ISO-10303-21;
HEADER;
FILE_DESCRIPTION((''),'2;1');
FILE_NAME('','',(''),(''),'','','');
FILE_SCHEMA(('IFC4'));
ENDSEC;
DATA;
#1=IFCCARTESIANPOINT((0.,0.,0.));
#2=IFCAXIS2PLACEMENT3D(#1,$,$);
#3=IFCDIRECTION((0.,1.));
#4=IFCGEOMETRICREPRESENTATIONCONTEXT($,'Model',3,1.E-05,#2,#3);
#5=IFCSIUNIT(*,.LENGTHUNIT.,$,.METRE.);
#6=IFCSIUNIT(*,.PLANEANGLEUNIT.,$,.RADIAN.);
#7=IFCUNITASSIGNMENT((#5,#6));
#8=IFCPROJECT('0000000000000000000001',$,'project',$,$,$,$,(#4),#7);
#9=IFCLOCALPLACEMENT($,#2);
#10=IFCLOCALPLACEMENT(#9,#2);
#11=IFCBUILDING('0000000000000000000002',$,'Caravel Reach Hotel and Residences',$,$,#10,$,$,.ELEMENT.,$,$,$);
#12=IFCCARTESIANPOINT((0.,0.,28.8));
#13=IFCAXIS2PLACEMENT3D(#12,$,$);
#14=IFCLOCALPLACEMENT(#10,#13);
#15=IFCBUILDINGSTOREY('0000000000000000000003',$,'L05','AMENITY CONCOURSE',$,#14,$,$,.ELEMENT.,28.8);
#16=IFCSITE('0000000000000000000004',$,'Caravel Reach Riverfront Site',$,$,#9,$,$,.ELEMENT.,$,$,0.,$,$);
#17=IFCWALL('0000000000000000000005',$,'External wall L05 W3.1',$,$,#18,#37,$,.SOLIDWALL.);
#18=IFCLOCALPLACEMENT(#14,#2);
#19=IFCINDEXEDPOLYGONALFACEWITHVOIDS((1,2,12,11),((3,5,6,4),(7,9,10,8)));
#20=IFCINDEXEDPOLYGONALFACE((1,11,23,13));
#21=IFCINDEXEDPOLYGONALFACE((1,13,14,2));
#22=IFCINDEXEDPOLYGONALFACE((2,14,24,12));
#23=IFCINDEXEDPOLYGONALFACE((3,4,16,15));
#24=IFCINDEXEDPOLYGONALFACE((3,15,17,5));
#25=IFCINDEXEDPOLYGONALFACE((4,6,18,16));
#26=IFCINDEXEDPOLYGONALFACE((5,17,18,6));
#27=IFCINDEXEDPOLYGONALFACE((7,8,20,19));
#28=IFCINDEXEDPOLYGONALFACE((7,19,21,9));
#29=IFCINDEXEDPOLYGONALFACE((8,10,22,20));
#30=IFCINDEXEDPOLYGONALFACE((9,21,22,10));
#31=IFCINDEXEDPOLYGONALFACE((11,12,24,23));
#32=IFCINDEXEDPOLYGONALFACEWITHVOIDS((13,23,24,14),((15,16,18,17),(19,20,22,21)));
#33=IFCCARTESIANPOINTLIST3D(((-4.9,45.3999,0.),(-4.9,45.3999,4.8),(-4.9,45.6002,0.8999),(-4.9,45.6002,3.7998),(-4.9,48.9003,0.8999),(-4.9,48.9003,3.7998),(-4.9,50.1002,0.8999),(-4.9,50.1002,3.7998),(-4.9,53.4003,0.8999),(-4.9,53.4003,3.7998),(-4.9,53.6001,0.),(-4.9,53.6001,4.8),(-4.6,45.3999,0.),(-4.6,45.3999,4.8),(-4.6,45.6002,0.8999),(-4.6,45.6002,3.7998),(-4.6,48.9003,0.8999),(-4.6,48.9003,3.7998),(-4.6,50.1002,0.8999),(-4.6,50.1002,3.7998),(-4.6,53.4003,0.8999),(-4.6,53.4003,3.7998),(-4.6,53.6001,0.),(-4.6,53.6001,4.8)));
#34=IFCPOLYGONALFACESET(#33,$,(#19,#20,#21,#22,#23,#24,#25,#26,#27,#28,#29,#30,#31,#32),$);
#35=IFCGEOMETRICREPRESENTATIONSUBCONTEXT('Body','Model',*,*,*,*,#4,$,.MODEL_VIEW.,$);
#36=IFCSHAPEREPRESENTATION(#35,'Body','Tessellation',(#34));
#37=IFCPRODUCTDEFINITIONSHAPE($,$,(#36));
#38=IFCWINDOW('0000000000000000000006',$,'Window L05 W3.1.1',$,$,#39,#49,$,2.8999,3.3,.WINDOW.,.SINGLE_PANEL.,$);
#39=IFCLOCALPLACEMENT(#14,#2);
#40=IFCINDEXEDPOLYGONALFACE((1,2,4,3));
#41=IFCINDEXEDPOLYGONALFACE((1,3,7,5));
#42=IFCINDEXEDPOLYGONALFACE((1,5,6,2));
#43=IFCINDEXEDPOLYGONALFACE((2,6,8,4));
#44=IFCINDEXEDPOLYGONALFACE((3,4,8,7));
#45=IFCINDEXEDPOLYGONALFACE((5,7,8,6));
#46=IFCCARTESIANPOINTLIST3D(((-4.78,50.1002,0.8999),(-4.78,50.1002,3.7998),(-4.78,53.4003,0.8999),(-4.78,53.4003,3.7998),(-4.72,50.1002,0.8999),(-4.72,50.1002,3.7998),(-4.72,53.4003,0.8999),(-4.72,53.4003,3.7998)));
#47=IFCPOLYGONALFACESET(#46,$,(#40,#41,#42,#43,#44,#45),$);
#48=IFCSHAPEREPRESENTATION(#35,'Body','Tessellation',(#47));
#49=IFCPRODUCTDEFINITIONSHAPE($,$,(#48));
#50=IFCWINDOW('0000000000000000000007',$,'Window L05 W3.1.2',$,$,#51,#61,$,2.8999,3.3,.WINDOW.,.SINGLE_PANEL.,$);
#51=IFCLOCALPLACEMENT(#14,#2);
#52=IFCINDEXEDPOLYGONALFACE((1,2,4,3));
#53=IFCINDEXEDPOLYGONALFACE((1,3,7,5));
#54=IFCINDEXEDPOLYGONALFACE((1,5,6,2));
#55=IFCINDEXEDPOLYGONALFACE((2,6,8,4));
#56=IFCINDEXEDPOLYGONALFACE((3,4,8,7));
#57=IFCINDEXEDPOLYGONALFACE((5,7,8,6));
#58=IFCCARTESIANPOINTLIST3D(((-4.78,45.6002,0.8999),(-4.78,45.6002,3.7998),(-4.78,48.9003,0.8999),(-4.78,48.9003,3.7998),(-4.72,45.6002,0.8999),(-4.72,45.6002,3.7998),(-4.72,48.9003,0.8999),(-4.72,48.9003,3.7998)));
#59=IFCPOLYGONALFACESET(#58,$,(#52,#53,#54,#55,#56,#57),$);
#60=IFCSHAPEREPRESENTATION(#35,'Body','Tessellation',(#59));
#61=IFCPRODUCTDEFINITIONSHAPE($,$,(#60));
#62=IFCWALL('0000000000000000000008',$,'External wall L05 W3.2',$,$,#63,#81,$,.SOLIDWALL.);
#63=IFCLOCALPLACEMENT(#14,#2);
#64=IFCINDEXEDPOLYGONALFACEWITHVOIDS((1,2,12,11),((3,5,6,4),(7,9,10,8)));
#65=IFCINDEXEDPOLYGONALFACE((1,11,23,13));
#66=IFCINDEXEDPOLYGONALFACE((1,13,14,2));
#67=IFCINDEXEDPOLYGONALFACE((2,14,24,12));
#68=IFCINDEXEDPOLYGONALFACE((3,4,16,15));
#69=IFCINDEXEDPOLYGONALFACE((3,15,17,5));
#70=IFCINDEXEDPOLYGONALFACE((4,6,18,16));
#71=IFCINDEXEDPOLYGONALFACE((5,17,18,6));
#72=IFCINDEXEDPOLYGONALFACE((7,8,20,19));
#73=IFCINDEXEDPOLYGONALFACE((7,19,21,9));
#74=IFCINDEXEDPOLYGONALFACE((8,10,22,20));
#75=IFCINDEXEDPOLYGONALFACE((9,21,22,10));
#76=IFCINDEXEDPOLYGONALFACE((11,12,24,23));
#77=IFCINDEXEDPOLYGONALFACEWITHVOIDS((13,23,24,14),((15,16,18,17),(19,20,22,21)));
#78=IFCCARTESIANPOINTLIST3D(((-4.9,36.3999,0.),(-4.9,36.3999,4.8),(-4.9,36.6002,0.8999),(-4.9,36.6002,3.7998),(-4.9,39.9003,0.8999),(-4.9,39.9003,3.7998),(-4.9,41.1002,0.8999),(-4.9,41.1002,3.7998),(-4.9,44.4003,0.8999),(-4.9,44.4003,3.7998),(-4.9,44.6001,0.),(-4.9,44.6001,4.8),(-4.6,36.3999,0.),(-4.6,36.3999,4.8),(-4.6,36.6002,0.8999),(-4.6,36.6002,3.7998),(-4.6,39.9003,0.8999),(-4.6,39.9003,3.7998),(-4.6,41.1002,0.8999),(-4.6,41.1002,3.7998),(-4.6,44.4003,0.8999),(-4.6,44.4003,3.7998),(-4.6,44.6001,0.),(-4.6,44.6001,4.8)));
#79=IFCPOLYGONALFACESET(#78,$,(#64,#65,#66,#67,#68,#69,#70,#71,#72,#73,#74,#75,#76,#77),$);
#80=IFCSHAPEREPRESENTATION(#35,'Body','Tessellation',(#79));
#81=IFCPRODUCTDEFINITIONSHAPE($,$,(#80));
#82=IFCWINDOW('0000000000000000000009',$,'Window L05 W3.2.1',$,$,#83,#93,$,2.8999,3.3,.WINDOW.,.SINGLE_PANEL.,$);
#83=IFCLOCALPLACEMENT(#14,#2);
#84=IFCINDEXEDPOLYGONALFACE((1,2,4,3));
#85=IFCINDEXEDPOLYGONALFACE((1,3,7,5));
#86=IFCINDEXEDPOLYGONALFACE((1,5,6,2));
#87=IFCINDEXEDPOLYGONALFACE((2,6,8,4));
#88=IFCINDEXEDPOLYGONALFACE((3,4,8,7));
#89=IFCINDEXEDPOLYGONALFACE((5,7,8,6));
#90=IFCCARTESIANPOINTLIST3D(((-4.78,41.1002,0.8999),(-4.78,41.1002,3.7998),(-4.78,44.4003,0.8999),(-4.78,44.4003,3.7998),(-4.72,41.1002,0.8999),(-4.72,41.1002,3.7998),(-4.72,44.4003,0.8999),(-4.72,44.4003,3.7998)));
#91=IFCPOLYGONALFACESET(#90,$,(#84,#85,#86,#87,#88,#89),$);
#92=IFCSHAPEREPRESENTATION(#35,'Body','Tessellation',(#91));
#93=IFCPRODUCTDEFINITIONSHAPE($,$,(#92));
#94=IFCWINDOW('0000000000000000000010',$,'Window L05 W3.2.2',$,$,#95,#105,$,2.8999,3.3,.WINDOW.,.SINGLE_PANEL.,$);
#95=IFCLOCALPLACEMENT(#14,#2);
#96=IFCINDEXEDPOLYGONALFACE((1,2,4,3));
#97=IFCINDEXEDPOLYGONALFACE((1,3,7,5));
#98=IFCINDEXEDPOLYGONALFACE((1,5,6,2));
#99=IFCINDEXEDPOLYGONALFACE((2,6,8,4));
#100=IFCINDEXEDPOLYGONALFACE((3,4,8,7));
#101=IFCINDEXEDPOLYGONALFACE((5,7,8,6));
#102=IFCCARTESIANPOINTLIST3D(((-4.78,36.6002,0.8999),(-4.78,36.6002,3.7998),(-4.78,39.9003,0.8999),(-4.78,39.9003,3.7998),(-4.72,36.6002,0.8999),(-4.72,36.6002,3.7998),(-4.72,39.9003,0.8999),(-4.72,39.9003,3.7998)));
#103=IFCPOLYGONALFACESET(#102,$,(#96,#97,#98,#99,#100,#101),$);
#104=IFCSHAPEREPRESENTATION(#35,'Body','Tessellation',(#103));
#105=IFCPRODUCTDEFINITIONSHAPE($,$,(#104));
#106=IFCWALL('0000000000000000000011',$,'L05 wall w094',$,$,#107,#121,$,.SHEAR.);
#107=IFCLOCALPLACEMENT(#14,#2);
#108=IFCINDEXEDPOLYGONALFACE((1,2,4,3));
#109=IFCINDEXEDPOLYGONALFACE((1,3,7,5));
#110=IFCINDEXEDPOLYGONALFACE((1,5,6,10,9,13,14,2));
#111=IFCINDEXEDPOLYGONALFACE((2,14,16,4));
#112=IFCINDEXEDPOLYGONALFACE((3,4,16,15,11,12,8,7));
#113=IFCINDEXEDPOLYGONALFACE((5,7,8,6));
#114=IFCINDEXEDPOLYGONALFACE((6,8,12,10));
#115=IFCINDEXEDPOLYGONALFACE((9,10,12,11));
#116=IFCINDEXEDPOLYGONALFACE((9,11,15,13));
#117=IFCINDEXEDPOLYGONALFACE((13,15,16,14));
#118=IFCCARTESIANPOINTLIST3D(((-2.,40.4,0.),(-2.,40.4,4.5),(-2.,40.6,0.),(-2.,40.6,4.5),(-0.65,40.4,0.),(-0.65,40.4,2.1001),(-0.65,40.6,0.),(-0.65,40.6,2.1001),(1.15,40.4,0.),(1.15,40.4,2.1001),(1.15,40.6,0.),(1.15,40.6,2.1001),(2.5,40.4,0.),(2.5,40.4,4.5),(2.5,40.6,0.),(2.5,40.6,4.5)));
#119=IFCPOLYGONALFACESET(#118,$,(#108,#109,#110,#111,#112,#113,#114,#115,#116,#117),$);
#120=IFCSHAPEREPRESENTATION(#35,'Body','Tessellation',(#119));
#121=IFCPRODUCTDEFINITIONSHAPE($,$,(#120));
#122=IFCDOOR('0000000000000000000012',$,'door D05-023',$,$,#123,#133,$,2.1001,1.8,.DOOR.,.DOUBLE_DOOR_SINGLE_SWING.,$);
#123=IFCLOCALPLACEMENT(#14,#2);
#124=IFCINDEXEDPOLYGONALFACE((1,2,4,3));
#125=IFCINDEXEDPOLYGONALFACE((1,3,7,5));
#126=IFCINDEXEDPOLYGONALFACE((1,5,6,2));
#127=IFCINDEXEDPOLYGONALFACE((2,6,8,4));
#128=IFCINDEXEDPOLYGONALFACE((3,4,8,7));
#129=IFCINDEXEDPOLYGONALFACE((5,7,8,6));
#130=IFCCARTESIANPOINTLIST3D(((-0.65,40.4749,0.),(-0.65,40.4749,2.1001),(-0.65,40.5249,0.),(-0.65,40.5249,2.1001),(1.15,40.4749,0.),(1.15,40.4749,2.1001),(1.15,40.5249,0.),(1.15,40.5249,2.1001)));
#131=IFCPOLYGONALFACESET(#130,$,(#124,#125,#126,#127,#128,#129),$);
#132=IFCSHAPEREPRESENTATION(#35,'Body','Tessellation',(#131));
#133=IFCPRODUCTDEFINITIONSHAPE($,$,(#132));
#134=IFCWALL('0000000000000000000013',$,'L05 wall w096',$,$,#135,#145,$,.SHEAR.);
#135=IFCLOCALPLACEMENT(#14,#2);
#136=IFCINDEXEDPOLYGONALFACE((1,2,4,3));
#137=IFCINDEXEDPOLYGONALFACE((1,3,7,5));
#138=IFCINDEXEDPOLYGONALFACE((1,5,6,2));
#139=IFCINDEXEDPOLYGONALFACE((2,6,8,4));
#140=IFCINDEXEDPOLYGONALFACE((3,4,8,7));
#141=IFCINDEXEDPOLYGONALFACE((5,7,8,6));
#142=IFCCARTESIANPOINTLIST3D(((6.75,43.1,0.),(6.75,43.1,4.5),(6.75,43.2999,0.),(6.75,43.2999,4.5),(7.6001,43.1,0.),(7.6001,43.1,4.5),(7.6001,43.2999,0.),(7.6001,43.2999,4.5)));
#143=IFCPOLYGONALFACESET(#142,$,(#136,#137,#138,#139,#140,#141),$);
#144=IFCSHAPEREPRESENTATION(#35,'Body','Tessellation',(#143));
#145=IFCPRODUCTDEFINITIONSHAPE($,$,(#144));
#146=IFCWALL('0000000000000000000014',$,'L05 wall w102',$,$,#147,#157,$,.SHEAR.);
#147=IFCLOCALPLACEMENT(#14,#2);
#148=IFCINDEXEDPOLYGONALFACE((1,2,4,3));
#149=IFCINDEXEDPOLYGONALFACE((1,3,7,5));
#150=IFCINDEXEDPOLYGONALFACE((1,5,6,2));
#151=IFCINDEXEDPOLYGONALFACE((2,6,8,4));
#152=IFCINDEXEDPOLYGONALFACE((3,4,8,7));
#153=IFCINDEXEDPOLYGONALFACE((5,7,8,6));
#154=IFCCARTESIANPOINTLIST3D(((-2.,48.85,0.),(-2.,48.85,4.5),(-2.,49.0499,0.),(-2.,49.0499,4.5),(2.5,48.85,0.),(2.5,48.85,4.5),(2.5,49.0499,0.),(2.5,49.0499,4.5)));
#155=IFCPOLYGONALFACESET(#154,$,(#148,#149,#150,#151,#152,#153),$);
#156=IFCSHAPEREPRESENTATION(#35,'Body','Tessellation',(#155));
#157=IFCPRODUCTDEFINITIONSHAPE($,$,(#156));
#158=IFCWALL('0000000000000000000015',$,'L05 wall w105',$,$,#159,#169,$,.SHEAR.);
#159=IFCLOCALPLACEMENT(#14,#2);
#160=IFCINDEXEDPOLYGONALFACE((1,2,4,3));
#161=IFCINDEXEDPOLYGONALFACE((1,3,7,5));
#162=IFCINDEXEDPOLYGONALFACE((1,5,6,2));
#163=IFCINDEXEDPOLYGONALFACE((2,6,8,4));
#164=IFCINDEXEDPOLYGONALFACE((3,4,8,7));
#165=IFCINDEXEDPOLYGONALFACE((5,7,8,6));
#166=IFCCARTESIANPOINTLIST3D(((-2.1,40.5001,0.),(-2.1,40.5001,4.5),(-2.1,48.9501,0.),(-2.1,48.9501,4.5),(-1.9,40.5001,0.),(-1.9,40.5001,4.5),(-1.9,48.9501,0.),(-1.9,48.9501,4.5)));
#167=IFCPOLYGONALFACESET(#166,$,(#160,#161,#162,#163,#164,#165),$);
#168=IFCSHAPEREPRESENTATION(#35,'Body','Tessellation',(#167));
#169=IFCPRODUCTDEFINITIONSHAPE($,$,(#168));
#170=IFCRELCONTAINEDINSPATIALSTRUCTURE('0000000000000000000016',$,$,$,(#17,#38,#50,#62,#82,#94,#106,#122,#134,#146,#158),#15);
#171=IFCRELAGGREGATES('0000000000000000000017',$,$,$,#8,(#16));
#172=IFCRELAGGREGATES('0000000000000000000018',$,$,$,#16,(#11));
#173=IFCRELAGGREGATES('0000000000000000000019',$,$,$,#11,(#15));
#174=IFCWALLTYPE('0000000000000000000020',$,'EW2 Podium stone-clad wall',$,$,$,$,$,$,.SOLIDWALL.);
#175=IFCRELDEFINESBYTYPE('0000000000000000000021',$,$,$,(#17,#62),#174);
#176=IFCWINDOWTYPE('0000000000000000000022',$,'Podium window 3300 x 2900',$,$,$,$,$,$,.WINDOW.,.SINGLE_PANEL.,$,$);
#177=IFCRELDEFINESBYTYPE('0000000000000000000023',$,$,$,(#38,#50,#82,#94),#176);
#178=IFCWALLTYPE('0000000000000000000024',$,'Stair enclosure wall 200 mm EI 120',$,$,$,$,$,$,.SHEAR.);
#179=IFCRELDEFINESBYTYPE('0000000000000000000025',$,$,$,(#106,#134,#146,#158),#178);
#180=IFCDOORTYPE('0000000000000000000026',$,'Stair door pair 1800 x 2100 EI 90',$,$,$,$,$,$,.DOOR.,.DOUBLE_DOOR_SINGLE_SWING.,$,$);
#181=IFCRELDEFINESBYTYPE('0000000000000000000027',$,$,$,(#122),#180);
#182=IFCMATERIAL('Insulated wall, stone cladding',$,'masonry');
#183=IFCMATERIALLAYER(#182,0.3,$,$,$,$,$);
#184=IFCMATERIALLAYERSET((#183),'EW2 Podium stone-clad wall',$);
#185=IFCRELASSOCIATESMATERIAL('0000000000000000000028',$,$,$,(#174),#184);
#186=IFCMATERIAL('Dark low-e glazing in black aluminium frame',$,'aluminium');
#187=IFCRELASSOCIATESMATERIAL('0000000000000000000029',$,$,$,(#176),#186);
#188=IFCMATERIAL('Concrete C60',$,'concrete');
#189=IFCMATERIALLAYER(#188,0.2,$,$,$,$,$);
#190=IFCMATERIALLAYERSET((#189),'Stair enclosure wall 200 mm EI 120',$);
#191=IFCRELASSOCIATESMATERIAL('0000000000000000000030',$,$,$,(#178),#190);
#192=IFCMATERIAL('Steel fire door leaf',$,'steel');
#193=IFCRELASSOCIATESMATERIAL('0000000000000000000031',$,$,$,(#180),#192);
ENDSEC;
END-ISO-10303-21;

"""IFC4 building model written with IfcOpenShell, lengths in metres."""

from ifc_helpers import new_model, si_unit, direction, frame, frame_2d, origin, place, context, subcontext, project, spatial, rectangle, extrude, material, layer, layer_set, type_object, element, fill, save


model = new_model("IFC4")

# Units and contexts
model_context = context("Model", 3, precision=1e-05, world=origin(), true_north=direction((0.0, 1.0)))
body_context = subcontext(model_context, "Body", "Model", "MODEL_VIEW")
ifc_project = project(units=[si_unit("LENGTHUNIT", "METRE"), si_unit("PLANEANGLEUNIT", "RADIAN")], contexts=[model_context])

# Site, building, storey
site_placement = place(None, origin())
site = spatial("IfcSite", under=ifc_project, at=site_placement, Name="Caravel Reach Riverfront Site", CompositionType="ELEMENT", RefElevation=0.0)
building_placement = place(site_placement, origin())
building = spatial("IfcBuilding", under=site, at=building_placement, Name="Caravel Reach Hotel and Residences", CompositionType="ELEMENT")
storey_placement = place(building_placement, frame((0.0, 0.0, 28.8)))
storey = spatial("IfcBuildingStorey", under=building, at=storey_placement, Name="L05", Description="AMENITY CONCOURSE", CompositionType="ELEMENT", Elevation=28.8)

# Walls, openings, windows
ifc_material_1 = material(Name="Insulated wall, stone cladding", Category="masonry")
ifc_layer_1 = layer(ifc_material_1, 0.3)
ifc_layer_set_1 = layer_set([ifc_layer_1], Name="EW2 Podium stone-clad wall")
wall_type_1 = type_object("IfcWallType", Name="EW2 Podium stone-clad wall", PredefinedType="SOLIDWALL", material=ifc_layer_set_1)
ifc_material_2 = material(Name="Dark low-e glazing in black aluminium frame", Category="aluminium")
window_type = type_object("IfcWindowType", Name="Podium window 3300 x 2900", PartitioningType="SINGLE_PANEL", PredefinedType="WINDOW", material=ifc_material_2)
wall_1_placement = place(storey_placement, frame((-4.75, 53.6001, 0.0), z_axis=(0.0, 0.0, 1.0), x_axis=(0.0, -1.0, 0.0)))
wall_1 = element("IfcWall", 1, at=wall_1_placement, inside=storey, type_object=wall_type_1, Name="External wall L05 W3.1", PredefinedType="SOLIDWALL", context=body_context, shape_type="SweptSolid", body=[
    extrude(rectangle(XDim=8.2002, YDim=0.3, at=frame_2d((4.1001, 0.0))), origin(), (0.0, 0.0, 1.0), 4.8),
])
opening_1_placement = place(wall_1_placement, frame((0.2, 0.0, 0.8999)))
opening_1 = element("IfcOpeningElement", 2, at=opening_1_placement, cuts=wall_1, PredefinedType="OPENING", context=body_context, shape_type="SweptSolid", body=[
    extrude(rectangle(XDim=3.3, YDim=2.8999, at=frame_2d((1.6499, 1.45))), frame((0.0, 0.1599, 0.0), z_axis=(0.0, -1.0, 0.0), x_axis=(1.0, 0.0, 0.0)), (0.0, 0.0, 1.0), 0.3201),
])
opening_2_placement = place(wall_1_placement, frame((4.7, 0.0, 0.8999)))
opening_2 = element("IfcOpeningElement", 3, at=opening_2_placement, cuts=wall_1, PredefinedType="OPENING", context=body_context, shape_type="SweptSolid", body=[
    extrude(rectangle(XDim=3.3, YDim=2.8999, at=frame_2d((1.6499, 1.45))), frame((0.0, 0.1599, 0.0), z_axis=(0.0, -1.0, 0.0), x_axis=(1.0, 0.0, 0.0)), (0.0, 0.0, 1.0), 0.3201),
])
window_1_placement = place(opening_1_placement, origin())
window_1 = element("IfcWindow", 4, at=window_1_placement, inside=storey, type_object=window_type, Name="Window L05 W3.1.1", OverallHeight=2.8999, OverallWidth=3.3, PartitioningType="SINGLE_PANEL", PredefinedType="WINDOW", context=body_context, shape_type="SweptSolid", body=[
    extrude(rectangle(XDim=3.3, YDim=2.8999, at=frame_2d((1.6499, 1.45))), frame((0.0, 0.03, 0.0), z_axis=(0.0, -1.0, 0.0), x_axis=(1.0, 0.0, 0.0)), (0.0, 0.0, 1.0), 0.0601),
])
fill(opening_1, window_1)
window_2_placement = place(opening_2_placement, origin())
window_2 = element("IfcWindow", 5, at=window_2_placement, inside=storey, type_object=window_type, Name="Window L05 W3.1.2", OverallHeight=2.8999, OverallWidth=3.3, PartitioningType="SINGLE_PANEL", PredefinedType="WINDOW", context=body_context, shape_type="SweptSolid", body=[
    extrude(rectangle(XDim=3.3, YDim=2.8999, at=frame_2d((1.6499, 1.45))), frame((0.0, 0.03, 0.0), z_axis=(0.0, -1.0, 0.0), x_axis=(1.0, 0.0, 0.0)), (0.0, 0.0, 1.0), 0.0601),
])
fill(opening_2, window_2)
wall_2_placement = place(storey_placement, frame((-4.75, 44.6001, 0.0), z_axis=(0.0, 0.0, 1.0), x_axis=(0.0, -1.0, 0.0)))
wall_2 = element("IfcWall", 6, at=wall_2_placement, inside=storey, type_object=wall_type_1, Name="External wall L05 W3.2", PredefinedType="SOLIDWALL", context=body_context, shape_type="SweptSolid", body=[
    extrude(rectangle(XDim=8.2002, YDim=0.3, at=frame_2d((4.1001, 0.0))), origin(), (0.0, 0.0, 1.0), 4.8),
])
opening_3_placement = place(wall_2_placement, frame((0.2, 0.0, 0.8999)))
opening_3 = element("IfcOpeningElement", 7, at=opening_3_placement, cuts=wall_2, PredefinedType="OPENING", context=body_context, shape_type="SweptSolid", body=[
    extrude(rectangle(XDim=3.3, YDim=2.8999, at=frame_2d((1.6499, 1.45))), frame((0.0, 0.1599, 0.0), z_axis=(0.0, -1.0, 0.0), x_axis=(1.0, 0.0, 0.0)), (0.0, 0.0, 1.0), 0.3201),
])
opening_4_placement = place(wall_2_placement, frame((4.7, 0.0, 0.8999)))
opening_4 = element("IfcOpeningElement", 8, at=opening_4_placement, cuts=wall_2, PredefinedType="OPENING", context=body_context, shape_type="SweptSolid", body=[
    extrude(rectangle(XDim=3.3, YDim=2.8999, at=frame_2d((1.6499, 1.45))), frame((0.0, 0.1599, 0.0), z_axis=(0.0, -1.0, 0.0), x_axis=(1.0, 0.0, 0.0)), (0.0, 0.0, 1.0), 0.3201),
])
window_3_placement = place(opening_3_placement, origin())
window_3 = element("IfcWindow", 9, at=window_3_placement, inside=storey, type_object=window_type, Name="Window L05 W3.2.1", OverallHeight=2.8999, OverallWidth=3.3, PartitioningType="SINGLE_PANEL", PredefinedType="WINDOW", context=body_context, shape_type="SweptSolid", body=[
    extrude(rectangle(XDim=3.3, YDim=2.8999, at=frame_2d((1.6499, 1.45))), frame((0.0, 0.03, 0.0), z_axis=(0.0, -1.0, 0.0), x_axis=(1.0, 0.0, 0.0)), (0.0, 0.0, 1.0), 0.0601),
])
fill(opening_3, window_3)
window_4_placement = place(opening_4_placement, origin())
window_4 = element("IfcWindow", 10, at=window_4_placement, inside=storey, type_object=window_type, Name="Window L05 W3.2.2", OverallHeight=2.8999, OverallWidth=3.3, PartitioningType="SINGLE_PANEL", PredefinedType="WINDOW", context=body_context, shape_type="SweptSolid", body=[
    extrude(rectangle(XDim=3.3, YDim=2.8999, at=frame_2d((1.6499, 1.45))), frame((0.0, 0.03, 0.0), z_axis=(0.0, -1.0, 0.0), x_axis=(1.0, 0.0, 0.0)), (0.0, 0.0, 1.0), 0.0601),
])
fill(opening_4, window_4)

# Wall, opening, door
ifc_material_3 = material(Name="Concrete C60", Category="concrete")
ifc_layer_2 = layer(ifc_material_3, 0.2)
ifc_layer_set_2 = layer_set([ifc_layer_2], Name="Stair enclosure wall 200 mm EI 120")
wall_type_2 = type_object("IfcWallType", Name="Stair enclosure wall 200 mm EI 120", PredefinedType="SHEAR", material=ifc_layer_set_2)
wall_3_placement = place(storey_placement, frame((-2.0, 40.5, 0.0), z_axis=(0.0, 0.0, 1.0), x_axis=(1.0, 0.0, 0.0)))
wall_3 = element("IfcWall", 11, at=wall_3_placement, inside=storey, type_object=wall_type_2, Name="L05 wall w094", PredefinedType="SHEAR", context=body_context, shape_type="SweptSolid", body=[
    extrude(rectangle(XDim=4.5, YDim=0.2, at=frame_2d((2.25, 0.0))), origin(), (0.0, 0.0, 1.0), 4.5),
])
opening_5_placement = place(wall_3_placement, frame((1.3501, 0.0, 0.0)))
opening_5 = element("IfcOpeningElement", 12, at=opening_5_placement, cuts=wall_3, PredefinedType="OPENING", context=body_context, shape_type="SweptSolid", body=[
    extrude(rectangle(XDim=1.8, YDim=2.1001, at=frame_2d((0.8999, 1.05))), frame((0.0, 0.1099, 0.0), z_axis=(0.0, -1.0, 0.0), x_axis=(1.0, 0.0, 0.0)), (0.0, 0.0, 1.0), 0.22),
])
ifc_material_4 = material(Name="Steel fire door leaf", Category="steel")
door_type_1 = type_object("IfcDoorType", Name="Stair door pair 1800 x 2100 EI 90", OperationType="DOUBLE_DOOR_SINGLE_SWING", PredefinedType="DOOR", material=ifc_material_4)
door_1_placement = place(opening_5_placement, origin())
door_1 = element("IfcDoor", 13, at=door_1_placement, inside=storey, type_object=door_type_1, Name="door D05-023", OperationType="DOUBLE_DOOR_SINGLE_SWING", OverallHeight=2.1001, OverallWidth=1.8, PredefinedType="DOOR", context=body_context, shape_type="SweptSolid", body=[
    extrude(rectangle(XDim=1.8, YDim=2.1001, at=frame_2d((0.8999, 1.05))), frame((0.0, 0.0249, 0.0), z_axis=(0.0, -1.0, 0.0), x_axis=(1.0, 0.0, 0.0)), (0.0, 0.0, 1.0), 0.05),
])
fill(opening_5, door_1)

# Walls
wall_4_placement = place(storey_placement, frame((6.75, 43.2, 0.0), z_axis=(0.0, 0.0, 1.0), x_axis=(1.0, 0.0, 0.0)))
element("IfcWall", 14, at=wall_4_placement, inside=storey, type_object=wall_type_2, Name="L05 wall w096", PredefinedType="SHEAR", context=body_context, shape_type="SweptSolid", body=[
    extrude(rectangle(XDim=0.8501, YDim=0.2, at=frame_2d((0.425, 0.0))), origin(), (0.0, 0.0, 1.0), 4.5),
])
wall_5_placement = place(storey_placement, frame((-2.0, 48.95, 0.0), z_axis=(0.0, 0.0, 1.0), x_axis=(1.0, 0.0, 0.0)))
element("IfcWall", 15, at=wall_5_placement, inside=storey, type_object=wall_type_2, Name="L05 wall w102", PredefinedType="SHEAR", context=body_context, shape_type="SweptSolid", body=[
    extrude(rectangle(XDim=4.5, YDim=0.2, at=frame_2d((2.25, 0.0))), origin(), (0.0, 0.0, 1.0), 4.5),
])
for number, where, z_axis, x_axis, name in (
    (16, (-2.0, 40.5, 0.0), (0.0, 0.0, 1.0), (0.0, 1.0, 0.0), "L05 wall w105"),
):
    element("IfcWall", number, at=place(storey_placement, frame(where, z_axis=z_axis, x_axis=x_axis)), inside=storey, type_object=wall_type_2, Name=name, PredefinedType="SHEAR", context=body_context, shape_type="SweptSolid", body=[
        extrude(rectangle(XDim=8.45, YDim=0.2, at=frame_2d((4.2251, 0.0))), origin(), (0.0, 0.0, 1.0), 4.5),
    ])

save(model, "model.ifc")
